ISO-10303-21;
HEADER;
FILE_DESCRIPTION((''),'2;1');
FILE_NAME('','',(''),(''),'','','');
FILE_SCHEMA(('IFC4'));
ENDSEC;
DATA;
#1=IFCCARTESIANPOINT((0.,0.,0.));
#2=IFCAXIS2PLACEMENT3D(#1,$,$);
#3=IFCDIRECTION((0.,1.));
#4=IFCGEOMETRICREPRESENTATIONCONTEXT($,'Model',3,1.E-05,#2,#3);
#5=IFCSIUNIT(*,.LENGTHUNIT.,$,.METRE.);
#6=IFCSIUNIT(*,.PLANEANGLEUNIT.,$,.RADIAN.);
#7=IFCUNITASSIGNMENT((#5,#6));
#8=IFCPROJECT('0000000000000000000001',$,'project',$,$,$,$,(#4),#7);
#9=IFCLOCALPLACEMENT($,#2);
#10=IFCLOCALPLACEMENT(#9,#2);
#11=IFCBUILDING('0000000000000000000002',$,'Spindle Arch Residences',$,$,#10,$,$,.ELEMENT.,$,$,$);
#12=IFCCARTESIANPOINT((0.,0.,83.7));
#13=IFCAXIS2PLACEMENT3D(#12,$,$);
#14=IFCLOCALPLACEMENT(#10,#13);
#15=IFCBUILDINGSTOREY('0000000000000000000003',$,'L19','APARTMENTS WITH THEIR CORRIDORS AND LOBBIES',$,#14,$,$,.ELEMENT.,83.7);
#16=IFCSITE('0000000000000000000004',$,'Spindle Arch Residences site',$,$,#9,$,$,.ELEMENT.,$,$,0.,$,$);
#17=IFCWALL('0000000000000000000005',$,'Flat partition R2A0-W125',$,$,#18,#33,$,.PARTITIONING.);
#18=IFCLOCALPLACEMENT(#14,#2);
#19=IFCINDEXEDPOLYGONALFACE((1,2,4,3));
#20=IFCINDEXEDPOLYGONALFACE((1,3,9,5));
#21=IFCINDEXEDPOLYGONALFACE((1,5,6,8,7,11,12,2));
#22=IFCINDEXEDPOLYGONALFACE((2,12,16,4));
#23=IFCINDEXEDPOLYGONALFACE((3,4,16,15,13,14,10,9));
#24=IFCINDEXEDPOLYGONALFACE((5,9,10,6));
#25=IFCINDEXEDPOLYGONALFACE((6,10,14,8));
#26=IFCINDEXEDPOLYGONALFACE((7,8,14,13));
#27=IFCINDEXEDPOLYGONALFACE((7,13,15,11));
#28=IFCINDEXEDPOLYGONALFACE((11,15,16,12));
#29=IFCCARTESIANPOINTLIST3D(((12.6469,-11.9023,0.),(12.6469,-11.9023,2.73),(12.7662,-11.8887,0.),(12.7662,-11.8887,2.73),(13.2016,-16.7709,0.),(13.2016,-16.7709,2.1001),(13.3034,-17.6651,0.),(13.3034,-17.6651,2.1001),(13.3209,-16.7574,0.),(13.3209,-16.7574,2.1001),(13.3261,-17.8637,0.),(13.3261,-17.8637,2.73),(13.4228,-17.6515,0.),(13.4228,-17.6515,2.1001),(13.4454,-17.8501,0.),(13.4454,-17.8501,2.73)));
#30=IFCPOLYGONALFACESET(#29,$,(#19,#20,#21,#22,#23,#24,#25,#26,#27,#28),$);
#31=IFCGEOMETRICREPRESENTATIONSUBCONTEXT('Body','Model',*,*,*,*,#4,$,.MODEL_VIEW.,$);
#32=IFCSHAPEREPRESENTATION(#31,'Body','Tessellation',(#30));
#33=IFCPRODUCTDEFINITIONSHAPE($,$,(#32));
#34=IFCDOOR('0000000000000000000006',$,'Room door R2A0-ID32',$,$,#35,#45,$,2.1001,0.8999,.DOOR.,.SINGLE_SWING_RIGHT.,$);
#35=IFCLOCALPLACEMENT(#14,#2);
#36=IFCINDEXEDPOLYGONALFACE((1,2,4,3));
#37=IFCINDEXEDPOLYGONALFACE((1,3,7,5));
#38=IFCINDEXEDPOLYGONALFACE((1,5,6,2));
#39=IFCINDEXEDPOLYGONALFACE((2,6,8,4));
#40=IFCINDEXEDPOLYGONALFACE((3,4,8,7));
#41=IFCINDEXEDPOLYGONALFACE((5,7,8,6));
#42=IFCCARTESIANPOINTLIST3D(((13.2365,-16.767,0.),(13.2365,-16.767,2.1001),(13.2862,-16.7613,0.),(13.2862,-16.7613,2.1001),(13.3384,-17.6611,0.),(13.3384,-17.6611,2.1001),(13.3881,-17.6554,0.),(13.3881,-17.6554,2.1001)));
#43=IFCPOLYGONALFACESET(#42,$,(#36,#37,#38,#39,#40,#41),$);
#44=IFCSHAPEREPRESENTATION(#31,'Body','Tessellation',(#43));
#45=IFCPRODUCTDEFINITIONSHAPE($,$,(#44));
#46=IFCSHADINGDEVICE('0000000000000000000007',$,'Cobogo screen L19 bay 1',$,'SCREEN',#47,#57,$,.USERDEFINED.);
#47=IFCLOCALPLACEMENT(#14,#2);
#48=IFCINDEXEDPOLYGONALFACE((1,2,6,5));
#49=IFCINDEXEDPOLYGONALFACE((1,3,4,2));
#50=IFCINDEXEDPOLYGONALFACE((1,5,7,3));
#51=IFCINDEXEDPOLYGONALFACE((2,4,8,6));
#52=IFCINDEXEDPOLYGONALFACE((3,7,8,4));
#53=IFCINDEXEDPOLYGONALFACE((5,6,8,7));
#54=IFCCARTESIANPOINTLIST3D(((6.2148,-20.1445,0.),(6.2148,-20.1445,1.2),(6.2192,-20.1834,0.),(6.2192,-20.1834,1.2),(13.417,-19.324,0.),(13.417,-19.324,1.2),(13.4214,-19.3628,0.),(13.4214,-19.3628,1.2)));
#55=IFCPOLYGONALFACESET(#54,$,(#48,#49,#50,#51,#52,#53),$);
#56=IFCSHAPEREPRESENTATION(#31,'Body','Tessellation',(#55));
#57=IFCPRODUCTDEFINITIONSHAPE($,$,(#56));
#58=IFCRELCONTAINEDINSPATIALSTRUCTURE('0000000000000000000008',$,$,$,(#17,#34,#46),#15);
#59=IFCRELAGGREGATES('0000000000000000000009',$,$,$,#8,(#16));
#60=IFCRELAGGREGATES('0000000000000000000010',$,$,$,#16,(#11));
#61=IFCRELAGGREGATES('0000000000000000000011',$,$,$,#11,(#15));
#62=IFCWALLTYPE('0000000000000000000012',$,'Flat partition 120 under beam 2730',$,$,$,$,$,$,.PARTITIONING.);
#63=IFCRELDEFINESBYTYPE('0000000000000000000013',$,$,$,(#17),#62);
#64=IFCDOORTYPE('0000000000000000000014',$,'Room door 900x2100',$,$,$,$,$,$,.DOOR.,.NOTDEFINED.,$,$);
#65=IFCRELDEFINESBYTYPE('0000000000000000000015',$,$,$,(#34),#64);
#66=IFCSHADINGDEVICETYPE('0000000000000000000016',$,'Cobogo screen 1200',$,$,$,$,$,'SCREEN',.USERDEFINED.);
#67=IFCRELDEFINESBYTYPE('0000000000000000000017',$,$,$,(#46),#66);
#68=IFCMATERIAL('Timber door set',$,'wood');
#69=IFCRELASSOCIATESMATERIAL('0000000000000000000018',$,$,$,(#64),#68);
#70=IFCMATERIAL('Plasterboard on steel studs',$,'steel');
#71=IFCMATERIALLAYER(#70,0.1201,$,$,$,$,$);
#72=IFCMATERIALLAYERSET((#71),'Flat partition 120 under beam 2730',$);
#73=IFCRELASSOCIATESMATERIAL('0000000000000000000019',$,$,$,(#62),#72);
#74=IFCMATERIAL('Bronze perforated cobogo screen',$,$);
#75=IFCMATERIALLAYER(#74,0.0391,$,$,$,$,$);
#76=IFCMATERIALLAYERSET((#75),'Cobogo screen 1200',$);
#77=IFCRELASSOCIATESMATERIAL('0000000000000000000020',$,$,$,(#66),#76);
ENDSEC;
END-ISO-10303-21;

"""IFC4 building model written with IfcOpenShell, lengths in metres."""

from ifc_helpers import new_model, si_unit, direction, frame, frame_2d, origin, origin_2d, place, context, subcontext, project, spatial, rectangle, extrude, material, layer, layer_set, type_object, element, fill, save


model = new_model("IFC4")

# Units and contexts
model_context = context("Model", 3, precision=1e-05, world=origin(), true_north=direction((0.0, 1.0)))
body_context = subcontext(model_context, "Body", "Model", "MODEL_VIEW")
ifc_project = project(units=[si_unit("LENGTHUNIT", "METRE"), si_unit("PLANEANGLEUNIT", "RADIAN")], contexts=[model_context])

# Site, building, storey
site_placement = place(None, origin())
site = spatial("IfcSite", under=ifc_project, at=site_placement, Name="Spindle Arch Residences site", CompositionType="ELEMENT", RefElevation=0.0)
building_placement = place(site_placement, origin())
building = spatial("IfcBuilding", under=site, at=building_placement, Name="Spindle Arch Residences", CompositionType="ELEMENT")
storey_placement = place(building_placement, frame((0.0, 0.0, 83.7)))
storey = spatial("IfcBuildingStorey", under=building, at=storey_placement, Name="L19", Description="APARTMENTS WITH THEIR CORRIDORS AND LOBBIES", CompositionType="ELEMENT", Elevation=83.7)

# Shared definitions
ifc_material_1 = material(Name="Timber door set", Category="wood")
door_type_1 = type_object("IfcDoorType", Name="Room door 900x2100", OperationType="NOTDEFINED", PredefinedType="DOOR", material=ifc_material_1)

# Shared definitions
ifc_material_2 = material(Name="Plasterboard on steel studs", Category="steel")
ifc_layer_1 = layer(ifc_material_2, 0.1201)
ifc_layer_set_1 = layer_set([ifc_layer_1], Name="Flat partition 120 under beam 2730")
wall_type_1 = type_object("IfcWallType", Name="Flat partition 120 under beam 2730", PredefinedType="PARTITIONING", material=ifc_layer_set_1)

# Wall, opening, door
wall_1_placement = place(storey_placement, frame((13.3857, -17.8569, 0.0), z_axis=(0.0, 0.0, 1.0), x_axis=(-0.1132, 0.993572, 0.0)))
wall_1 = element("IfcWall", 1, at=wall_1_placement, inside=storey, type_object=wall_type_1, Name="Flat partition R2A0-W125", PredefinedType="PARTITIONING", context=body_context, shape_type="SweptSolid", body=[
    extrude(rectangle(XDim=6.0, YDim=0.1201, at=frame_2d((3.0, 0.0))), origin(), (0.0, 0.0, 1.0), 2.73),
])
opening_1_placement = place(wall_1_placement, frame((0.2, 0.0, 0.0)))
opening_1 = element("IfcOpeningElement", 2, at=opening_1_placement, cuts=wall_1, PredefinedType="OPENING", context=body_context, shape_type="SweptSolid", body=[
    extrude(rectangle(XDim=0.8999, YDim=2.1001, at=frame_2d((0.45, 1.05))), frame((0.0, 0.0701, 0.0), z_axis=(0.0, -1.0, 0.0), x_axis=(1.0, 0.0, 0.0)), (0.0, 0.0, 1.0), 0.1401),
])
door_1_placement = place(opening_1_placement, origin())
door_1 = element("IfcDoor", 3, at=door_1_placement, inside=storey, type_object=door_type_1, Name="Room door R2A0-ID32", OperationType="SINGLE_SWING_RIGHT", OverallHeight=2.1001, OverallWidth=0.8999, PredefinedType="DOOR", context=body_context, shape_type="SweptSolid", body=[
    extrude(rectangle(XDim=0.8999, YDim=2.1001, at=frame_2d((0.45, 1.05))), frame((0.0, 0.0249, 0.0), z_axis=(0.0, -1.0, 0.0), x_axis=(1.0, 0.0, 0.0)), (0.0, 0.0, 1.0), 0.05),
])
fill(opening_1, door_1)

# Shading device
ifc_material_3 = material(Name="Bronze perforated cobogo screen")
ifc_layer_2 = layer(ifc_material_3, 0.0391)
ifc_layer_set_2 = layer_set([ifc_layer_2], Name="Cobogo screen 1200")
shading_device_type = type_object("IfcShadingDeviceType", Name="Cobogo screen 1200", ElementType="SCREEN", PredefinedType="USERDEFINED", material=ifc_layer_set_2)
shading_device_placement = place(storey_placement, frame((9.8181, -19.7537, 0.0), z_axis=(0.0, 0.0, 1.0), x_axis=(0.993572, 0.113203, 0.0)))
element("IfcShadingDevice", 4, at=shading_device_placement, inside=storey, type_object=shading_device_type, Name="Cobogo screen L19 bay 1", ObjectType="SCREEN", PredefinedType="USERDEFINED", context=body_context, shape_type="SweptSolid", body=[
    extrude(rectangle(XDim=7.2488, YDim=0.0391, at=origin_2d()), origin(), (0.0, 0.0, 1.0), 1.2),
])

save(model, "model.ifc")
